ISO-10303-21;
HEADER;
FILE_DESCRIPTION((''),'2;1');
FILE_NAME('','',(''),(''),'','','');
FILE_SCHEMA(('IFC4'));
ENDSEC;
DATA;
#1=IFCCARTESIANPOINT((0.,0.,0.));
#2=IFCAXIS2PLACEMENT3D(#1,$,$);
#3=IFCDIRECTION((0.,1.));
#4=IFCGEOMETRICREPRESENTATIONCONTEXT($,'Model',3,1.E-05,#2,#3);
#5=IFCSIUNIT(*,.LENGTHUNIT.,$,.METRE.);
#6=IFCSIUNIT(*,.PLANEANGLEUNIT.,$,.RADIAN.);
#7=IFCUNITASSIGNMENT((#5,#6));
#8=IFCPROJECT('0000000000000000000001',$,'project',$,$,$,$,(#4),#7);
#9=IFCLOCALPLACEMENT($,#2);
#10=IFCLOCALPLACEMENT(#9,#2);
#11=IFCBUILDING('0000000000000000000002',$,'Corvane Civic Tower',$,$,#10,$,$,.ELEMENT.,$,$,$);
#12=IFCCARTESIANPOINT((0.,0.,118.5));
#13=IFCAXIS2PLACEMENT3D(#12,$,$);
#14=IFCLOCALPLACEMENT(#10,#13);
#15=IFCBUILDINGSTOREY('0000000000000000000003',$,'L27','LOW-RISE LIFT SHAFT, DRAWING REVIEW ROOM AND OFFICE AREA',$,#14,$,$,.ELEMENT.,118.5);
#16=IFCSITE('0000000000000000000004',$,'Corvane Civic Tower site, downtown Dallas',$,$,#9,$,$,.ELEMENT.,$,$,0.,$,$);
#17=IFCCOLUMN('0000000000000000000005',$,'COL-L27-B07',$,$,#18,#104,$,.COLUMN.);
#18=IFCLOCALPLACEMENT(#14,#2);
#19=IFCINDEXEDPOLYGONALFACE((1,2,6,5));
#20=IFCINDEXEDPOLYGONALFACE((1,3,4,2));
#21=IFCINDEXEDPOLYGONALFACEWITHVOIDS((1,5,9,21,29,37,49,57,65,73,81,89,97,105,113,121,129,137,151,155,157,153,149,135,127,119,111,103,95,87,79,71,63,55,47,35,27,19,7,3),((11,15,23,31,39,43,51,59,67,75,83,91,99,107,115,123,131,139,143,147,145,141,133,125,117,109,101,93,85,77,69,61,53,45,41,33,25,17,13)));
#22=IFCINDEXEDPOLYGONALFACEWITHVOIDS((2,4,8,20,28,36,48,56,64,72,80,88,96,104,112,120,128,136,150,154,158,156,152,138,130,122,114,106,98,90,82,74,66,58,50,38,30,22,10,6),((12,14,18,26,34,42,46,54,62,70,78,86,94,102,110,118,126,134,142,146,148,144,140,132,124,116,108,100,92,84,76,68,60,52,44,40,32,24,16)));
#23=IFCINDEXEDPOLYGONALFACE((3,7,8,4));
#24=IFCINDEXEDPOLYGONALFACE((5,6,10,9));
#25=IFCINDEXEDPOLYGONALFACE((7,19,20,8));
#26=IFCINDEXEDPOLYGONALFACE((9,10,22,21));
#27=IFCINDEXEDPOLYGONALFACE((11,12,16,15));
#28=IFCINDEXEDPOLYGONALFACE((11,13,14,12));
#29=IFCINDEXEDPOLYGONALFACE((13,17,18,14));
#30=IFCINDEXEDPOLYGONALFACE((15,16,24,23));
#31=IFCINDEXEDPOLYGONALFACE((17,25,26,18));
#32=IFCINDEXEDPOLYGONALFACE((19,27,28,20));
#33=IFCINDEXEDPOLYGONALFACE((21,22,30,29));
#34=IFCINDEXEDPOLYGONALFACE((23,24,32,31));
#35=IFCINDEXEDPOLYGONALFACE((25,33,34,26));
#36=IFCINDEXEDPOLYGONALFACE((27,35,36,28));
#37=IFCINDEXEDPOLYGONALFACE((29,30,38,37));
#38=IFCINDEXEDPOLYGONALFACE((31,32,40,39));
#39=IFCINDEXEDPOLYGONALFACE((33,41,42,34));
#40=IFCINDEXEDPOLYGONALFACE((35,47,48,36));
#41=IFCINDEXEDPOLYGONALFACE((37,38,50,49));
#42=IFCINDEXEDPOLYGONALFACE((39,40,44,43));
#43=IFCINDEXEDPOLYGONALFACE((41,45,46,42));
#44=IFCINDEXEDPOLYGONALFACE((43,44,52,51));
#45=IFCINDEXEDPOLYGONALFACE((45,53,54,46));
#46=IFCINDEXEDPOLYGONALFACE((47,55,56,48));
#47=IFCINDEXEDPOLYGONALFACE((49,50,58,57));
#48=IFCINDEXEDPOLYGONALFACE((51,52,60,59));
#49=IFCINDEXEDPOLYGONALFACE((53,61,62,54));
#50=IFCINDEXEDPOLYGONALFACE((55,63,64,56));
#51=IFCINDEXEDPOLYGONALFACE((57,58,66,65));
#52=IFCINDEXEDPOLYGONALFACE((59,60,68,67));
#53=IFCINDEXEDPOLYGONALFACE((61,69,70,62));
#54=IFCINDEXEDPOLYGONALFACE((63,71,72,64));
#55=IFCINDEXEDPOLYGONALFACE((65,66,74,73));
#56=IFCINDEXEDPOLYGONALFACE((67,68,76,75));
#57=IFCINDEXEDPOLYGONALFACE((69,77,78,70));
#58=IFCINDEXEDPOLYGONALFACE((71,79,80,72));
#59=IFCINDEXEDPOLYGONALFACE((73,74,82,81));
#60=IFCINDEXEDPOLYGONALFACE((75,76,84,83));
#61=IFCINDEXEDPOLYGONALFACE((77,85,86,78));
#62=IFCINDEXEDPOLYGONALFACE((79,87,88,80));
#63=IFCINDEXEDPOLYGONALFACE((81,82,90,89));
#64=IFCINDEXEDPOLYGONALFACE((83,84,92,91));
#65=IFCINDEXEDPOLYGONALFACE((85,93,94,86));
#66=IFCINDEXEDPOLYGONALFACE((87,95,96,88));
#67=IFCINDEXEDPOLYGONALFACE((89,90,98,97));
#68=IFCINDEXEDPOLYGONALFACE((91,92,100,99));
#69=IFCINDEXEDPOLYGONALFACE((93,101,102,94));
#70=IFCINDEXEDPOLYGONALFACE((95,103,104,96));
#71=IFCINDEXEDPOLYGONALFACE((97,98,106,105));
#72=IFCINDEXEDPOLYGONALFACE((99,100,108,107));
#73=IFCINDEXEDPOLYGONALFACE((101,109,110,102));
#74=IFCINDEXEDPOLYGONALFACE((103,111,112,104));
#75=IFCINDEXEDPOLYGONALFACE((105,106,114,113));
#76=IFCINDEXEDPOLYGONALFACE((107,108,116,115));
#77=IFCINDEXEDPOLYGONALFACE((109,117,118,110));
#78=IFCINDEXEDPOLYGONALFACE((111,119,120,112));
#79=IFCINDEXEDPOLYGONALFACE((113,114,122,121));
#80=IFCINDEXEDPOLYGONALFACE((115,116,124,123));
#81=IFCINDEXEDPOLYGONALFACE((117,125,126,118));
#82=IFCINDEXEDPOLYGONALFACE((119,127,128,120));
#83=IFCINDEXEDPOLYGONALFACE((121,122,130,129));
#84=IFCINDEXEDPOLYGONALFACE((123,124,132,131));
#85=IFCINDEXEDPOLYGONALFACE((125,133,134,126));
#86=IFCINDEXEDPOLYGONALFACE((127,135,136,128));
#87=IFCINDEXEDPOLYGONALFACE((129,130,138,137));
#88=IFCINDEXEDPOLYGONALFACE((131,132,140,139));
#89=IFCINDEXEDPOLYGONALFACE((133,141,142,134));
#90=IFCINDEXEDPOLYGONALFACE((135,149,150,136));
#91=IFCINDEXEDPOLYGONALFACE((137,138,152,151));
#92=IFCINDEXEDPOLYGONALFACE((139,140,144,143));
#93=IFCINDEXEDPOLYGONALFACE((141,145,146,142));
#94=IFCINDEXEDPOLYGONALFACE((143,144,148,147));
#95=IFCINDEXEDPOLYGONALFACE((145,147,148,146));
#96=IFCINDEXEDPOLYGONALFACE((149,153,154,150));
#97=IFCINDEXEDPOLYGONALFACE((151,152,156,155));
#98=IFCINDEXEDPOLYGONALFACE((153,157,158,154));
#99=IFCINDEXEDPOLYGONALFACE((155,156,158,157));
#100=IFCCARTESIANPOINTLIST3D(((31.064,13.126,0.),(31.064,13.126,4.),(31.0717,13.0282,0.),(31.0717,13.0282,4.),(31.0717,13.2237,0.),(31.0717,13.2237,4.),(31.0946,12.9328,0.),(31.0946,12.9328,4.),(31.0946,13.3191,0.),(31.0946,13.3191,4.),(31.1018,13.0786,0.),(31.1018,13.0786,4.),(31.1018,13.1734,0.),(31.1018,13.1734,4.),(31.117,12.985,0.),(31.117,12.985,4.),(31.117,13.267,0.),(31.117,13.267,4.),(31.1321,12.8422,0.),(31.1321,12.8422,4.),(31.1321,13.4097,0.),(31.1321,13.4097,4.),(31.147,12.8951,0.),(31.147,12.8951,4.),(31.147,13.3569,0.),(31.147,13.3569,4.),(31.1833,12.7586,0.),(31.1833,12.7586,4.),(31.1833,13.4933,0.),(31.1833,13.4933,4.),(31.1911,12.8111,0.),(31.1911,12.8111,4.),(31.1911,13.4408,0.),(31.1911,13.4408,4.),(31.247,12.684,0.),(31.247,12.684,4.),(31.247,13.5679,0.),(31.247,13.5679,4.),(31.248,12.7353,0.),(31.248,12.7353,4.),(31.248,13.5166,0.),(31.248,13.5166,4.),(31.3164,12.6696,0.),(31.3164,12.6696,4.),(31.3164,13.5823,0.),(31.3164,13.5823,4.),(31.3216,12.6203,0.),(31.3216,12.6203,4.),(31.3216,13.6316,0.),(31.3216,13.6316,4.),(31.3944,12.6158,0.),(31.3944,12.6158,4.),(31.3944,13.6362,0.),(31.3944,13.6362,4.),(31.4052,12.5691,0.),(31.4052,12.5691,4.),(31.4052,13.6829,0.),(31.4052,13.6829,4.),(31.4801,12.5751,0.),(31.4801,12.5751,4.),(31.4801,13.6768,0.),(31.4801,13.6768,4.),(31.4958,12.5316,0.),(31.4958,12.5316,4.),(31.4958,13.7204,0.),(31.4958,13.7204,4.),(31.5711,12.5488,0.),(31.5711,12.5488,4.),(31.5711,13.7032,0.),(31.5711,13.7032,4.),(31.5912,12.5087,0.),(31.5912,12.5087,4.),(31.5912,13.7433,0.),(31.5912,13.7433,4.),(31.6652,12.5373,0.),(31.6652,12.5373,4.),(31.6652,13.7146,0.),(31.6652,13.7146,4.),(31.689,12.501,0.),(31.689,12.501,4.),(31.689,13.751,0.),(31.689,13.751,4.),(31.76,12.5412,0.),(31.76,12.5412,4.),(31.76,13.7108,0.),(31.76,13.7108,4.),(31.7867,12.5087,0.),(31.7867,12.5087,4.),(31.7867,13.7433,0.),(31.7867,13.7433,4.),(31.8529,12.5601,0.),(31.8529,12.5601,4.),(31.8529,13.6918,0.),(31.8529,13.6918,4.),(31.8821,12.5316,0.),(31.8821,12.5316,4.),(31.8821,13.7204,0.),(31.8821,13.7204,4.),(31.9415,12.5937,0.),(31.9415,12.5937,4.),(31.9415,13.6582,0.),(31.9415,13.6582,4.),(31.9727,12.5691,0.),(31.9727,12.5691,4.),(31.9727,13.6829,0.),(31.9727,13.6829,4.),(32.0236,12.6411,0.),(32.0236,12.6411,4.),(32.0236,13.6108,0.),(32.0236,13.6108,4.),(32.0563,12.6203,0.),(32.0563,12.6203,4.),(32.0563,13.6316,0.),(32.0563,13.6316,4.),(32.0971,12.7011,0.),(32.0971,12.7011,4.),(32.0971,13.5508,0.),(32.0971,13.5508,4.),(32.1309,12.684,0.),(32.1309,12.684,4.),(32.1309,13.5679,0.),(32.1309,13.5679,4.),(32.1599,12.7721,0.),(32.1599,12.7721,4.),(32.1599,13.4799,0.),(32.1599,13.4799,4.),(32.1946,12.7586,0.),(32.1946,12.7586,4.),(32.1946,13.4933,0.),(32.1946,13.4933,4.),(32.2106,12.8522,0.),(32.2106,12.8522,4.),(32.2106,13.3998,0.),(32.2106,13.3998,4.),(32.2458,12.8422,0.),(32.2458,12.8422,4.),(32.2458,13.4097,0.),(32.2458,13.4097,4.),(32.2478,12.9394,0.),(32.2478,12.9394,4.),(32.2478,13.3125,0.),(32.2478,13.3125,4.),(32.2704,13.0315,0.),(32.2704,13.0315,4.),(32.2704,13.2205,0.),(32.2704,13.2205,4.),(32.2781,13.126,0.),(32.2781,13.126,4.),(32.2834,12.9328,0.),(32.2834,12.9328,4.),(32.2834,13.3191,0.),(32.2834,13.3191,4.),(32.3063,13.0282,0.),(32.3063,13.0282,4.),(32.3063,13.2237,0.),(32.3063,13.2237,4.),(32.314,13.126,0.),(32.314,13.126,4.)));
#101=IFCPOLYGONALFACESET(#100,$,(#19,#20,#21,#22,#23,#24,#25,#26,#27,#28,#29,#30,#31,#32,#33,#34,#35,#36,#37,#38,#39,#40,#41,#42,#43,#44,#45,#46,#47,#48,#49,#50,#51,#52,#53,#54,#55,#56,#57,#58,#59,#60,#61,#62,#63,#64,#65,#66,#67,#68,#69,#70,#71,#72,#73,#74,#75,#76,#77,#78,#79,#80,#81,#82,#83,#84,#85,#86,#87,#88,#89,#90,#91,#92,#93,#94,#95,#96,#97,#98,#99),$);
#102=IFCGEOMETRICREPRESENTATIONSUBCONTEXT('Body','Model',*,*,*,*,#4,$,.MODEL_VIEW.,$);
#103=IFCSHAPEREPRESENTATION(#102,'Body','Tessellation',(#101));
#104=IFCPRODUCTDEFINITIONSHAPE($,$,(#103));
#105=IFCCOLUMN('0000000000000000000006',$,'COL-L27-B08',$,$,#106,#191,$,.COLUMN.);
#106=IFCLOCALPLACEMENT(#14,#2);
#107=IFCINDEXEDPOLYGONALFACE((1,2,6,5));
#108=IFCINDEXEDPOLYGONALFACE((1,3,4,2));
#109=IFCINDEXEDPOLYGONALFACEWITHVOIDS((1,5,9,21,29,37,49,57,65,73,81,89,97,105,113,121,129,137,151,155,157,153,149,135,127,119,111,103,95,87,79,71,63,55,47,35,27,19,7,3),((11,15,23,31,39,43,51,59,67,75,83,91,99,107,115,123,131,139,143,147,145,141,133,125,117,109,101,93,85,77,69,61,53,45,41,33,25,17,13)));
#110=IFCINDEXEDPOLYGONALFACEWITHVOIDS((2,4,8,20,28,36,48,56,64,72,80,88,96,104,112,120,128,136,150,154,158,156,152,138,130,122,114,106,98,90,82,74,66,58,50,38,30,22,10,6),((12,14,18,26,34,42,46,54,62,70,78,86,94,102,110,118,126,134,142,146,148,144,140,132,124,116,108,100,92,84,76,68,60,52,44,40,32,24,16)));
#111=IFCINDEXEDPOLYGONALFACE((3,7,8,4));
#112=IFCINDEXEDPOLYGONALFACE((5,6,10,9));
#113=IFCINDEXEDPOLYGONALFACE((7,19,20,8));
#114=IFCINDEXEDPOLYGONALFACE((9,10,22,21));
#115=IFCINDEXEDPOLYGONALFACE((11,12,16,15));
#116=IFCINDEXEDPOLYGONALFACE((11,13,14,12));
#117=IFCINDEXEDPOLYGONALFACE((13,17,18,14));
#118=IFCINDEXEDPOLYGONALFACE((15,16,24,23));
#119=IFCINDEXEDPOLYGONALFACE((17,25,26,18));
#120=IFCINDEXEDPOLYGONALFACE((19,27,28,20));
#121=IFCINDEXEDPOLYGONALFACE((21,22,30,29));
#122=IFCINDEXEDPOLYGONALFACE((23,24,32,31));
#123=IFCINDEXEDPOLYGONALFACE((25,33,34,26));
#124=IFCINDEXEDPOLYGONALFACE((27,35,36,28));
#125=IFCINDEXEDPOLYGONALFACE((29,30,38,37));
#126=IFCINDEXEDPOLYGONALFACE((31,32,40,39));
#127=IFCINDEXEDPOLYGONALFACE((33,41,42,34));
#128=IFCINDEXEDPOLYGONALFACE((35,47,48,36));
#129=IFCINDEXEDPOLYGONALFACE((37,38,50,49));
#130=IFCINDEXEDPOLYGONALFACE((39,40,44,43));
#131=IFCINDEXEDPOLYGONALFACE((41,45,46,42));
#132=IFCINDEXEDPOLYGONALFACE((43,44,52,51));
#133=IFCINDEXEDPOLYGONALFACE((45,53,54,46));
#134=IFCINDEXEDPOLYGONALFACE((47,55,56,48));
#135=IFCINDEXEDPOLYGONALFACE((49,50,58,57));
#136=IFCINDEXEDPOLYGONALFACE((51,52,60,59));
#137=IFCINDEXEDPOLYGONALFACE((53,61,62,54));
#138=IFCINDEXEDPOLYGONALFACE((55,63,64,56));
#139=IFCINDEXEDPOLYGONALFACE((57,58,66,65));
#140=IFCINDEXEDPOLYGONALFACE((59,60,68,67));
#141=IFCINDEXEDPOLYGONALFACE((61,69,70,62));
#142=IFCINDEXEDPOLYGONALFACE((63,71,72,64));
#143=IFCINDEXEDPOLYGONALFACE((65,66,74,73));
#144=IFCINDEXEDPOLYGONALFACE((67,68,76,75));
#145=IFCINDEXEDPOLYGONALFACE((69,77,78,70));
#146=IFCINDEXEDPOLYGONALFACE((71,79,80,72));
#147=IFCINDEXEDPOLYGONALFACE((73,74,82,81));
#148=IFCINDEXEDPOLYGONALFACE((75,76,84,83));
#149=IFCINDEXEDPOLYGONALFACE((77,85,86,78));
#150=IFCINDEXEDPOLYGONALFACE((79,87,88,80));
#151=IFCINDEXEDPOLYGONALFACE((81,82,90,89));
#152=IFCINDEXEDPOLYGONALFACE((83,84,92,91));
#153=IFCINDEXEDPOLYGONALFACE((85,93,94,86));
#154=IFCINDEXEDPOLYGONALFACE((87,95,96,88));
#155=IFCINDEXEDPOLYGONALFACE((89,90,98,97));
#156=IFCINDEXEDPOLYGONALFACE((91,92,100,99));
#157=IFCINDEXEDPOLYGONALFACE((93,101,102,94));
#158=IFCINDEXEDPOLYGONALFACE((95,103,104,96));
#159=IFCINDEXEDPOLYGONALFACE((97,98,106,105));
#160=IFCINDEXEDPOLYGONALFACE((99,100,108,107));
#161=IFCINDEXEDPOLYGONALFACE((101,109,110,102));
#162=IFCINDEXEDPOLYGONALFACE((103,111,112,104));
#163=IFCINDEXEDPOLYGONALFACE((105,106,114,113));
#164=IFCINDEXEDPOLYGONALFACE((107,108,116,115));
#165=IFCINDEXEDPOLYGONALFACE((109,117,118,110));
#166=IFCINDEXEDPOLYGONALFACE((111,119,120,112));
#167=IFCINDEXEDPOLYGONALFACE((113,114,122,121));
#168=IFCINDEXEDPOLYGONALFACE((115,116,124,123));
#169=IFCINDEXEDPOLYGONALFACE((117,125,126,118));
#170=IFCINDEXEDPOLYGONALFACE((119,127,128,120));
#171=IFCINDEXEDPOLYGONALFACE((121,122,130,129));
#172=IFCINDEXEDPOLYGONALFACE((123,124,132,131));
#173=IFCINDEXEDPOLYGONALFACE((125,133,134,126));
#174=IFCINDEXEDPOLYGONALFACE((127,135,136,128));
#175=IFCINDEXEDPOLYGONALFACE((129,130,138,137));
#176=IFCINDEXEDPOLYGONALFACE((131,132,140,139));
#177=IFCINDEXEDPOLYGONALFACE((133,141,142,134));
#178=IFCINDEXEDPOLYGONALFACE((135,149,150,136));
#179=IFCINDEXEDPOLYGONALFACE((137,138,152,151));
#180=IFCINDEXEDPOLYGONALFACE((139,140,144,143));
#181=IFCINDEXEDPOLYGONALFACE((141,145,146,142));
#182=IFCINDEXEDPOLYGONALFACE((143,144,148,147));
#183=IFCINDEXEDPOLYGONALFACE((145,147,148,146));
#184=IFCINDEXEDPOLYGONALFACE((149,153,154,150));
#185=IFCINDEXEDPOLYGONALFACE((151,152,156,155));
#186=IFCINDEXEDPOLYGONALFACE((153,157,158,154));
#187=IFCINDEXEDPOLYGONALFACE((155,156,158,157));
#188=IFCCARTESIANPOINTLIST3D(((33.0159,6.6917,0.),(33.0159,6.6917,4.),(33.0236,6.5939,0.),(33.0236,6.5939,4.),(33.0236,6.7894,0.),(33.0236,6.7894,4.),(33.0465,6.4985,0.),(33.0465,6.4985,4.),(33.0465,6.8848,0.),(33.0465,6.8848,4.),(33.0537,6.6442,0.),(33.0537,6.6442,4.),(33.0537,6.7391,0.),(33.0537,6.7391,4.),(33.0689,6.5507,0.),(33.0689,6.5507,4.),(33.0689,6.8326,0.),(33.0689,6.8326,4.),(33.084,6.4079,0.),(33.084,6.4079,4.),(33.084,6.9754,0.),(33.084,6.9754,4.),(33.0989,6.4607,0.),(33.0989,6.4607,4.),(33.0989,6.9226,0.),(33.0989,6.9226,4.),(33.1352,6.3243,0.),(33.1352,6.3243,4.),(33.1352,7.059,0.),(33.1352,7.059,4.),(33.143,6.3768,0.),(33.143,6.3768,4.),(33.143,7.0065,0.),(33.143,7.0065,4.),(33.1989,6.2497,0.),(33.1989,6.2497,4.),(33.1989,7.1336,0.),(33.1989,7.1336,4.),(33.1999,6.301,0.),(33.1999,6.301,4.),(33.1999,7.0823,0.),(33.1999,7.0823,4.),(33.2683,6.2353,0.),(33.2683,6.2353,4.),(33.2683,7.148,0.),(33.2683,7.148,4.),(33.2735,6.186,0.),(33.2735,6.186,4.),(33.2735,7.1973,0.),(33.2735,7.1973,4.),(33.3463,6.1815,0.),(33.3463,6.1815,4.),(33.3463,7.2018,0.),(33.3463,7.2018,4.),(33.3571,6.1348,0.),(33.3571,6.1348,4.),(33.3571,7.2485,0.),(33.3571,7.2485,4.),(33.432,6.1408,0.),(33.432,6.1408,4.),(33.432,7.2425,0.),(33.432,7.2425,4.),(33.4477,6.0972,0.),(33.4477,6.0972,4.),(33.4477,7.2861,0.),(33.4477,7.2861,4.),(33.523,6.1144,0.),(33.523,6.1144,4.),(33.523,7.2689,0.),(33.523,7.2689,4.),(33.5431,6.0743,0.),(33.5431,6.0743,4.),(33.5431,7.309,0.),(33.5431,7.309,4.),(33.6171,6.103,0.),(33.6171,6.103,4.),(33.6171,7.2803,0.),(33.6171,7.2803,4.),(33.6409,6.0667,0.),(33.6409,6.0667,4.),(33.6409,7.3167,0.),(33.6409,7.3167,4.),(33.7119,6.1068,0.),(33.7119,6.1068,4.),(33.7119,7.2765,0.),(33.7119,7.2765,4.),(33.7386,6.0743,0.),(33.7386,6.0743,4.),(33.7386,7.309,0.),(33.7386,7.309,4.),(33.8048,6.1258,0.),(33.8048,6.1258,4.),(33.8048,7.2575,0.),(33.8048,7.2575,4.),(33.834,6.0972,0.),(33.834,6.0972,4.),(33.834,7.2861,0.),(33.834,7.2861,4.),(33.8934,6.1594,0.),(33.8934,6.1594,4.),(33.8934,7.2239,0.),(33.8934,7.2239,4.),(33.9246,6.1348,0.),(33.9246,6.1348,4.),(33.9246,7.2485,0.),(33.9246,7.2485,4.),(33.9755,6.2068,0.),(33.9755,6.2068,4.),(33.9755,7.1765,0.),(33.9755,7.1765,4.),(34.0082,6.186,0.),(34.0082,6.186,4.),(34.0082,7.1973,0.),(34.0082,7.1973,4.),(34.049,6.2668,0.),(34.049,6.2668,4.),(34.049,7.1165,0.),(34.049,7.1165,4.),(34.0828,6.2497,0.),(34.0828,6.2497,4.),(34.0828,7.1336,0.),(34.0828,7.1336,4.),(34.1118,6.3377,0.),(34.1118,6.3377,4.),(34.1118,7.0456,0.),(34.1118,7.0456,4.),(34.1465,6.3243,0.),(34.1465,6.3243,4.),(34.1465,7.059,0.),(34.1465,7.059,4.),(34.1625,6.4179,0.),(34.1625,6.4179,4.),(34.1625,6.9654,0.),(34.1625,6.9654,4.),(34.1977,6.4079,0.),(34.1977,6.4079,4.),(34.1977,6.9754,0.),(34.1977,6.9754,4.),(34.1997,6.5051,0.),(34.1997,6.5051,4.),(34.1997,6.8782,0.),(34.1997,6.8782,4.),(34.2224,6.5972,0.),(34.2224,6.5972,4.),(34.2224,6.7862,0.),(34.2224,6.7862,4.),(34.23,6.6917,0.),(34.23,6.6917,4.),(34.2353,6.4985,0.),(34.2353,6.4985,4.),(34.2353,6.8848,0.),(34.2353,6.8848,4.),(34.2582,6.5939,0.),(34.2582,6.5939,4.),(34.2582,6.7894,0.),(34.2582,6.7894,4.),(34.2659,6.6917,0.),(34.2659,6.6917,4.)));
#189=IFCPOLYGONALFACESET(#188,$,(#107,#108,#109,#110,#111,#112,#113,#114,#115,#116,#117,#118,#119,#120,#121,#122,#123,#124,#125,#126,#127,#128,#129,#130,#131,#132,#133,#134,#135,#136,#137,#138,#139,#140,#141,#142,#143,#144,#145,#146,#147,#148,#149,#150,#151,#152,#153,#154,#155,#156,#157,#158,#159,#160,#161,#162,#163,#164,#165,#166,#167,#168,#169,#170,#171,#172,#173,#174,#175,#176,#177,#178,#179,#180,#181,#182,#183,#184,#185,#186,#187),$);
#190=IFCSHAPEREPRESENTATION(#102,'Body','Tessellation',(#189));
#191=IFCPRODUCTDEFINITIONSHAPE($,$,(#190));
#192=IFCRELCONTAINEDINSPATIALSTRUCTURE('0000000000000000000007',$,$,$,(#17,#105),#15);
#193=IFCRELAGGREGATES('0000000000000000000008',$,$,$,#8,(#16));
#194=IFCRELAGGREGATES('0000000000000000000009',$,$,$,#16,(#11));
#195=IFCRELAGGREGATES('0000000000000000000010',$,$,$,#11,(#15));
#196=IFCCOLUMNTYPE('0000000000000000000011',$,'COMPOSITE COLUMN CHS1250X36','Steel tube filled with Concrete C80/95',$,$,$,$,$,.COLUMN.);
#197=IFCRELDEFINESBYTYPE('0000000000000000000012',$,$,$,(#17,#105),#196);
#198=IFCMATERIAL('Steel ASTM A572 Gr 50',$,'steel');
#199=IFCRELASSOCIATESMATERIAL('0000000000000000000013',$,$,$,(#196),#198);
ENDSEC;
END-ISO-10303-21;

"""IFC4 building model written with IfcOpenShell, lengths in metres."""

from ifc_helpers import new_model, si_unit, direction, frame, origin, origin_2d, place, context, subcontext, project, spatial, hollow_circle, extrude, material, material_profile, profile_set, type_object, element, save


model = new_model("IFC4")

# Units and contexts
model_context = context("Model", 3, precision=1e-05, world=origin(), true_north=direction((0.0, 1.0)))
body_context = subcontext(model_context, "Body", "Model", "MODEL_VIEW")
ifc_project = project(units=[si_unit("LENGTHUNIT", "METRE"), si_unit("PLANEANGLEUNIT", "RADIAN")], contexts=[model_context])

# Site, building, storey
site_placement = place(None, origin())
site = spatial("IfcSite", under=ifc_project, at=site_placement, Name="Corvane Civic Tower site, downtown Dallas", CompositionType="ELEMENT", RefElevation=0.0)
building_placement = place(site_placement, origin())
building = spatial("IfcBuilding", under=site, at=building_placement, Name="Corvane Civic Tower", CompositionType="ELEMENT")
storey_placement = place(building_placement, frame((0.0, 0.0, 118.5)))
storey = spatial("IfcBuildingStorey", under=building, at=storey_placement, Name="L27", Description="LOW-RISE LIFT SHAFT, DRAWING REVIEW ROOM AND OFFICE AREA", CompositionType="ELEMENT", Elevation=118.5)

# Columns
ifc_material_1 = material(Name="Steel ASTM A572 Gr 50", Category="steel")
ifc_material_profile_1 = material_profile(ifc_material_1, hollow_circle(Radius=0.625, WallThickness=0.0359, at=origin_2d()), Name="CHS1250X36")
ifc_profile_set_1 = profile_set([ifc_material_profile_1], Name="Steel ASTM A572 Gr 50")
column_type = type_object("IfcColumnType", Name="COMPOSITE COLUMN CHS1250X36", Description="Steel tube filled with Concrete C80/95", PredefinedType="COLUMN", material=ifc_profile_set_1)
for number, where, z_axis, x_axis, name in (
    (1, (31.689, 13.126, 0.0), (0.0, 0.0, 1.0), (1.0, 0.0, 0.0), "COL-L27-B07"),
    (2, (33.6409, 6.6917, 0.0), (0.0, 0.0, 1.0), (1.0, 0.0, 0.0), "COL-L27-B08"),
):
    element("IfcColumn", number, at=place(storey_placement, frame(where, z_axis=z_axis, x_axis=x_axis)), inside=storey, type_object=column_type, Name=name, PredefinedType="COLUMN", context=body_context, shape_type="SweptSolid", body=[
        extrude(hollow_circle(Radius=0.625, WallThickness=0.0359, at=origin_2d()), origin(), (0.0, 0.0, 1.0), 4.0),
    ])

save(model, "model.ifc")
